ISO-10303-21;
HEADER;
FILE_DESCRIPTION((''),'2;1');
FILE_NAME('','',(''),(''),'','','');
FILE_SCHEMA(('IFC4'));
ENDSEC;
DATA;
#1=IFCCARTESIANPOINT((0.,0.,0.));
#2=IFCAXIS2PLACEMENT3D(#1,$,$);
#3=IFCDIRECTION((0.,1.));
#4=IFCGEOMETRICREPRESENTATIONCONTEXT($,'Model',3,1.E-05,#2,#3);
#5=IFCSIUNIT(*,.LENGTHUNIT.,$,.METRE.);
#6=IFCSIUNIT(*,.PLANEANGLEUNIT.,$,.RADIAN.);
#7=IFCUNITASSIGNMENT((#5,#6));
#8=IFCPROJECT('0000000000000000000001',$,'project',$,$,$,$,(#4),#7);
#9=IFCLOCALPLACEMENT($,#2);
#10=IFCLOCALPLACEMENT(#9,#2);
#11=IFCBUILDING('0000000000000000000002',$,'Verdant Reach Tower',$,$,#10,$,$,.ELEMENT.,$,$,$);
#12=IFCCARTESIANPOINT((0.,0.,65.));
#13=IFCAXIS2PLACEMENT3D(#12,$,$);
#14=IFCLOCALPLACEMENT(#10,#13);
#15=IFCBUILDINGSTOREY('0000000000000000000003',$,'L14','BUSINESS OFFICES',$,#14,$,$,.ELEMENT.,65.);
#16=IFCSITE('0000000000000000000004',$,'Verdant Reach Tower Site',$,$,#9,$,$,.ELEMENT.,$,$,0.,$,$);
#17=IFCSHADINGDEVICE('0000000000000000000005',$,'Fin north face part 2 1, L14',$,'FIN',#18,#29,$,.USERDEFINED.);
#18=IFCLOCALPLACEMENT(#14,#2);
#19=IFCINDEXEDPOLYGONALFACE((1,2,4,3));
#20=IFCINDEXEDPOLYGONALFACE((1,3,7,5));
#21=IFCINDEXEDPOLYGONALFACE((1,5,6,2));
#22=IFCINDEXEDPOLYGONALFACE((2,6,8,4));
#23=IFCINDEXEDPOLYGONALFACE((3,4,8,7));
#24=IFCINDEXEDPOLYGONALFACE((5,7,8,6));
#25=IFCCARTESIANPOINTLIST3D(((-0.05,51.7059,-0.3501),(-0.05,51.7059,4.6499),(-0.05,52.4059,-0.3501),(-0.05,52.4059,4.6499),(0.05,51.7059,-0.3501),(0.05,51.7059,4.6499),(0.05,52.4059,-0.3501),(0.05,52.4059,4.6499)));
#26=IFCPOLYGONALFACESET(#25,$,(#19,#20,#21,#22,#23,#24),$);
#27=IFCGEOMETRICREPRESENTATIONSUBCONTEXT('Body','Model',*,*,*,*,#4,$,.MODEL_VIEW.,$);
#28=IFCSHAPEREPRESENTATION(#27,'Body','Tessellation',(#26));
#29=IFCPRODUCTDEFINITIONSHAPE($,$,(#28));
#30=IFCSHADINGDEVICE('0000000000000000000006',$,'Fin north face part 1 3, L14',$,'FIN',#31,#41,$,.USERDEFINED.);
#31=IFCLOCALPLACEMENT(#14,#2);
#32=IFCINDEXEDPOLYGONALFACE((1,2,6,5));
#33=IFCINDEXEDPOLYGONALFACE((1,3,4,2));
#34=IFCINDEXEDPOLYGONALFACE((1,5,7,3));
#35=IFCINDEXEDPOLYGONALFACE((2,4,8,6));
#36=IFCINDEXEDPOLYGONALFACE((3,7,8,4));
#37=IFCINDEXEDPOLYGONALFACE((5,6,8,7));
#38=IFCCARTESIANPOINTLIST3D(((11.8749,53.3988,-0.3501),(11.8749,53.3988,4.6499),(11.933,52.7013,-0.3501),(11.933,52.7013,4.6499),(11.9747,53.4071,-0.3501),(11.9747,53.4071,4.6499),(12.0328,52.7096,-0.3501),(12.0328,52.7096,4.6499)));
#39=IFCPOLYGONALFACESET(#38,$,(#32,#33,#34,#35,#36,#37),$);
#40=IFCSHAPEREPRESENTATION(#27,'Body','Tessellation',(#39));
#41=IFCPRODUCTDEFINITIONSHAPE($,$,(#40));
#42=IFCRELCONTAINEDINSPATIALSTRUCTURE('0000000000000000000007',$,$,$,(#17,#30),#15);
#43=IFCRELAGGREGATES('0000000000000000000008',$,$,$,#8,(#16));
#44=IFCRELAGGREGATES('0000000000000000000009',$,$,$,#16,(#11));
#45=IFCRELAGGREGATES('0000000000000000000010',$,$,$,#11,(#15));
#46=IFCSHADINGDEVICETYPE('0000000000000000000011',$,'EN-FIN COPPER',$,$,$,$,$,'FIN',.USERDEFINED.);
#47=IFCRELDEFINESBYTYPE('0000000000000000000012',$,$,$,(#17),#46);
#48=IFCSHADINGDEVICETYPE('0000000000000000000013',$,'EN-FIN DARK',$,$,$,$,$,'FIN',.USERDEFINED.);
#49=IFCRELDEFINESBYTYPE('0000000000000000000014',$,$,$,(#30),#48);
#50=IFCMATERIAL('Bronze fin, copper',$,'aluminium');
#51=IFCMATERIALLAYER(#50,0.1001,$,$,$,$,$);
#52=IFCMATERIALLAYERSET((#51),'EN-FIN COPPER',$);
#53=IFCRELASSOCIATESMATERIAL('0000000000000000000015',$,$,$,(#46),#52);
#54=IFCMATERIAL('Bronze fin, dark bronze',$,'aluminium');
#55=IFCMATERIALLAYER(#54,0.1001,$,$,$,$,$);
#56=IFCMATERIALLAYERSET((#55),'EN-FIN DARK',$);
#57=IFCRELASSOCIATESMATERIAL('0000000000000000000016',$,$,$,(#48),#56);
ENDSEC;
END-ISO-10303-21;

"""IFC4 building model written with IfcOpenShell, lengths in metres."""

from ifc_helpers import new_model, si_unit, direction, frame, origin, origin_2d, place, context, subcontext, project, spatial, rectangle, extrude, material, layer, layer_set, type_object, element, save


model = new_model("IFC4")

# Units and contexts
model_context = context("Model", 3, precision=1e-05, world=origin(), true_north=direction((0.0, 1.0)))
body_context = subcontext(model_context, "Body", "Model", "MODEL_VIEW")
ifc_project = project(units=[si_unit("LENGTHUNIT", "METRE"), si_unit("PLANEANGLEUNIT", "RADIAN")], contexts=[model_context])

# Site, building, storey
site_placement = place(None, origin())
site = spatial("IfcSite", under=ifc_project, at=site_placement, Name="Verdant Reach Tower Site", CompositionType="ELEMENT", RefElevation=0.0)
building_placement = place(site_placement, origin())
building = spatial("IfcBuilding", under=site, at=building_placement, Name="Verdant Reach Tower", CompositionType="ELEMENT")
storey_placement = place(building_placement, frame((0.0, 0.0, 65.0)))
storey = spatial("IfcBuildingStorey", under=building, at=storey_placement, Name="L14", Description="BUSINESS OFFICES", CompositionType="ELEMENT", Elevation=65.0)

# Shading devices
ifc_material_1 = material(Name="Bronze fin, copper", Category="aluminium")
ifc_layer_1 = layer(ifc_material_1, 0.1001)
ifc_layer_set_1 = layer_set([ifc_layer_1], Name="EN-FIN COPPER")
shading_device_type_1 = type_object("IfcShadingDeviceType", Name="EN-FIN COPPER", ElementType="FIN", PredefinedType="USERDEFINED", material=ifc_layer_set_1)
shading_device_1_placement = place(storey_placement, frame((0.0, 52.0559, -0.3501), z_axis=(0.0, 0.0, 1.0), x_axis=(-1.0, 0.0, 0.0)))
element("IfcShadingDevice", 1, at=shading_device_1_placement, inside=storey, type_object=shading_device_type_1, Name="Fin north face part 2 1, L14", ObjectType="FIN", PredefinedType="USERDEFINED", context=body_context, shape_type="SweptSolid", body=[
    extrude(rectangle(XDim=0.1001, YDim=0.7, at=origin_2d()), origin(), (0.0, 0.0, 1.0), 5.0),
])
ifc_material_2 = material(Name="Bronze fin, dark bronze", Category="aluminium")
ifc_layer_2 = layer(ifc_material_2, 0.1001)
ifc_layer_set_2 = layer_set([ifc_layer_2], Name="EN-FIN DARK")
shading_device_type_2 = type_object("IfcShadingDeviceType", Name="EN-FIN DARK", ElementType="FIN", PredefinedType="USERDEFINED", material=ifc_layer_set_2)
shading_device_2_placement = place(storey_placement, frame((11.9539, 53.0542, -0.3501), z_axis=(0.0, 0.0, 1.0), x_axis=(-0.996546, -0.083045, 0.0)))
element("IfcShadingDevice", 2, at=shading_device_2_placement, inside=storey, type_object=shading_device_type_2, Name="Fin north face part 1 3, L14", ObjectType="FIN", PredefinedType="USERDEFINED", context=body_context, shape_type="SweptSolid", body=[
    extrude(rectangle(XDim=0.1001, YDim=0.7, at=origin_2d()), origin(), (0.0, 0.0, 1.0), 5.0),
])

save(model, "model.ifc")
